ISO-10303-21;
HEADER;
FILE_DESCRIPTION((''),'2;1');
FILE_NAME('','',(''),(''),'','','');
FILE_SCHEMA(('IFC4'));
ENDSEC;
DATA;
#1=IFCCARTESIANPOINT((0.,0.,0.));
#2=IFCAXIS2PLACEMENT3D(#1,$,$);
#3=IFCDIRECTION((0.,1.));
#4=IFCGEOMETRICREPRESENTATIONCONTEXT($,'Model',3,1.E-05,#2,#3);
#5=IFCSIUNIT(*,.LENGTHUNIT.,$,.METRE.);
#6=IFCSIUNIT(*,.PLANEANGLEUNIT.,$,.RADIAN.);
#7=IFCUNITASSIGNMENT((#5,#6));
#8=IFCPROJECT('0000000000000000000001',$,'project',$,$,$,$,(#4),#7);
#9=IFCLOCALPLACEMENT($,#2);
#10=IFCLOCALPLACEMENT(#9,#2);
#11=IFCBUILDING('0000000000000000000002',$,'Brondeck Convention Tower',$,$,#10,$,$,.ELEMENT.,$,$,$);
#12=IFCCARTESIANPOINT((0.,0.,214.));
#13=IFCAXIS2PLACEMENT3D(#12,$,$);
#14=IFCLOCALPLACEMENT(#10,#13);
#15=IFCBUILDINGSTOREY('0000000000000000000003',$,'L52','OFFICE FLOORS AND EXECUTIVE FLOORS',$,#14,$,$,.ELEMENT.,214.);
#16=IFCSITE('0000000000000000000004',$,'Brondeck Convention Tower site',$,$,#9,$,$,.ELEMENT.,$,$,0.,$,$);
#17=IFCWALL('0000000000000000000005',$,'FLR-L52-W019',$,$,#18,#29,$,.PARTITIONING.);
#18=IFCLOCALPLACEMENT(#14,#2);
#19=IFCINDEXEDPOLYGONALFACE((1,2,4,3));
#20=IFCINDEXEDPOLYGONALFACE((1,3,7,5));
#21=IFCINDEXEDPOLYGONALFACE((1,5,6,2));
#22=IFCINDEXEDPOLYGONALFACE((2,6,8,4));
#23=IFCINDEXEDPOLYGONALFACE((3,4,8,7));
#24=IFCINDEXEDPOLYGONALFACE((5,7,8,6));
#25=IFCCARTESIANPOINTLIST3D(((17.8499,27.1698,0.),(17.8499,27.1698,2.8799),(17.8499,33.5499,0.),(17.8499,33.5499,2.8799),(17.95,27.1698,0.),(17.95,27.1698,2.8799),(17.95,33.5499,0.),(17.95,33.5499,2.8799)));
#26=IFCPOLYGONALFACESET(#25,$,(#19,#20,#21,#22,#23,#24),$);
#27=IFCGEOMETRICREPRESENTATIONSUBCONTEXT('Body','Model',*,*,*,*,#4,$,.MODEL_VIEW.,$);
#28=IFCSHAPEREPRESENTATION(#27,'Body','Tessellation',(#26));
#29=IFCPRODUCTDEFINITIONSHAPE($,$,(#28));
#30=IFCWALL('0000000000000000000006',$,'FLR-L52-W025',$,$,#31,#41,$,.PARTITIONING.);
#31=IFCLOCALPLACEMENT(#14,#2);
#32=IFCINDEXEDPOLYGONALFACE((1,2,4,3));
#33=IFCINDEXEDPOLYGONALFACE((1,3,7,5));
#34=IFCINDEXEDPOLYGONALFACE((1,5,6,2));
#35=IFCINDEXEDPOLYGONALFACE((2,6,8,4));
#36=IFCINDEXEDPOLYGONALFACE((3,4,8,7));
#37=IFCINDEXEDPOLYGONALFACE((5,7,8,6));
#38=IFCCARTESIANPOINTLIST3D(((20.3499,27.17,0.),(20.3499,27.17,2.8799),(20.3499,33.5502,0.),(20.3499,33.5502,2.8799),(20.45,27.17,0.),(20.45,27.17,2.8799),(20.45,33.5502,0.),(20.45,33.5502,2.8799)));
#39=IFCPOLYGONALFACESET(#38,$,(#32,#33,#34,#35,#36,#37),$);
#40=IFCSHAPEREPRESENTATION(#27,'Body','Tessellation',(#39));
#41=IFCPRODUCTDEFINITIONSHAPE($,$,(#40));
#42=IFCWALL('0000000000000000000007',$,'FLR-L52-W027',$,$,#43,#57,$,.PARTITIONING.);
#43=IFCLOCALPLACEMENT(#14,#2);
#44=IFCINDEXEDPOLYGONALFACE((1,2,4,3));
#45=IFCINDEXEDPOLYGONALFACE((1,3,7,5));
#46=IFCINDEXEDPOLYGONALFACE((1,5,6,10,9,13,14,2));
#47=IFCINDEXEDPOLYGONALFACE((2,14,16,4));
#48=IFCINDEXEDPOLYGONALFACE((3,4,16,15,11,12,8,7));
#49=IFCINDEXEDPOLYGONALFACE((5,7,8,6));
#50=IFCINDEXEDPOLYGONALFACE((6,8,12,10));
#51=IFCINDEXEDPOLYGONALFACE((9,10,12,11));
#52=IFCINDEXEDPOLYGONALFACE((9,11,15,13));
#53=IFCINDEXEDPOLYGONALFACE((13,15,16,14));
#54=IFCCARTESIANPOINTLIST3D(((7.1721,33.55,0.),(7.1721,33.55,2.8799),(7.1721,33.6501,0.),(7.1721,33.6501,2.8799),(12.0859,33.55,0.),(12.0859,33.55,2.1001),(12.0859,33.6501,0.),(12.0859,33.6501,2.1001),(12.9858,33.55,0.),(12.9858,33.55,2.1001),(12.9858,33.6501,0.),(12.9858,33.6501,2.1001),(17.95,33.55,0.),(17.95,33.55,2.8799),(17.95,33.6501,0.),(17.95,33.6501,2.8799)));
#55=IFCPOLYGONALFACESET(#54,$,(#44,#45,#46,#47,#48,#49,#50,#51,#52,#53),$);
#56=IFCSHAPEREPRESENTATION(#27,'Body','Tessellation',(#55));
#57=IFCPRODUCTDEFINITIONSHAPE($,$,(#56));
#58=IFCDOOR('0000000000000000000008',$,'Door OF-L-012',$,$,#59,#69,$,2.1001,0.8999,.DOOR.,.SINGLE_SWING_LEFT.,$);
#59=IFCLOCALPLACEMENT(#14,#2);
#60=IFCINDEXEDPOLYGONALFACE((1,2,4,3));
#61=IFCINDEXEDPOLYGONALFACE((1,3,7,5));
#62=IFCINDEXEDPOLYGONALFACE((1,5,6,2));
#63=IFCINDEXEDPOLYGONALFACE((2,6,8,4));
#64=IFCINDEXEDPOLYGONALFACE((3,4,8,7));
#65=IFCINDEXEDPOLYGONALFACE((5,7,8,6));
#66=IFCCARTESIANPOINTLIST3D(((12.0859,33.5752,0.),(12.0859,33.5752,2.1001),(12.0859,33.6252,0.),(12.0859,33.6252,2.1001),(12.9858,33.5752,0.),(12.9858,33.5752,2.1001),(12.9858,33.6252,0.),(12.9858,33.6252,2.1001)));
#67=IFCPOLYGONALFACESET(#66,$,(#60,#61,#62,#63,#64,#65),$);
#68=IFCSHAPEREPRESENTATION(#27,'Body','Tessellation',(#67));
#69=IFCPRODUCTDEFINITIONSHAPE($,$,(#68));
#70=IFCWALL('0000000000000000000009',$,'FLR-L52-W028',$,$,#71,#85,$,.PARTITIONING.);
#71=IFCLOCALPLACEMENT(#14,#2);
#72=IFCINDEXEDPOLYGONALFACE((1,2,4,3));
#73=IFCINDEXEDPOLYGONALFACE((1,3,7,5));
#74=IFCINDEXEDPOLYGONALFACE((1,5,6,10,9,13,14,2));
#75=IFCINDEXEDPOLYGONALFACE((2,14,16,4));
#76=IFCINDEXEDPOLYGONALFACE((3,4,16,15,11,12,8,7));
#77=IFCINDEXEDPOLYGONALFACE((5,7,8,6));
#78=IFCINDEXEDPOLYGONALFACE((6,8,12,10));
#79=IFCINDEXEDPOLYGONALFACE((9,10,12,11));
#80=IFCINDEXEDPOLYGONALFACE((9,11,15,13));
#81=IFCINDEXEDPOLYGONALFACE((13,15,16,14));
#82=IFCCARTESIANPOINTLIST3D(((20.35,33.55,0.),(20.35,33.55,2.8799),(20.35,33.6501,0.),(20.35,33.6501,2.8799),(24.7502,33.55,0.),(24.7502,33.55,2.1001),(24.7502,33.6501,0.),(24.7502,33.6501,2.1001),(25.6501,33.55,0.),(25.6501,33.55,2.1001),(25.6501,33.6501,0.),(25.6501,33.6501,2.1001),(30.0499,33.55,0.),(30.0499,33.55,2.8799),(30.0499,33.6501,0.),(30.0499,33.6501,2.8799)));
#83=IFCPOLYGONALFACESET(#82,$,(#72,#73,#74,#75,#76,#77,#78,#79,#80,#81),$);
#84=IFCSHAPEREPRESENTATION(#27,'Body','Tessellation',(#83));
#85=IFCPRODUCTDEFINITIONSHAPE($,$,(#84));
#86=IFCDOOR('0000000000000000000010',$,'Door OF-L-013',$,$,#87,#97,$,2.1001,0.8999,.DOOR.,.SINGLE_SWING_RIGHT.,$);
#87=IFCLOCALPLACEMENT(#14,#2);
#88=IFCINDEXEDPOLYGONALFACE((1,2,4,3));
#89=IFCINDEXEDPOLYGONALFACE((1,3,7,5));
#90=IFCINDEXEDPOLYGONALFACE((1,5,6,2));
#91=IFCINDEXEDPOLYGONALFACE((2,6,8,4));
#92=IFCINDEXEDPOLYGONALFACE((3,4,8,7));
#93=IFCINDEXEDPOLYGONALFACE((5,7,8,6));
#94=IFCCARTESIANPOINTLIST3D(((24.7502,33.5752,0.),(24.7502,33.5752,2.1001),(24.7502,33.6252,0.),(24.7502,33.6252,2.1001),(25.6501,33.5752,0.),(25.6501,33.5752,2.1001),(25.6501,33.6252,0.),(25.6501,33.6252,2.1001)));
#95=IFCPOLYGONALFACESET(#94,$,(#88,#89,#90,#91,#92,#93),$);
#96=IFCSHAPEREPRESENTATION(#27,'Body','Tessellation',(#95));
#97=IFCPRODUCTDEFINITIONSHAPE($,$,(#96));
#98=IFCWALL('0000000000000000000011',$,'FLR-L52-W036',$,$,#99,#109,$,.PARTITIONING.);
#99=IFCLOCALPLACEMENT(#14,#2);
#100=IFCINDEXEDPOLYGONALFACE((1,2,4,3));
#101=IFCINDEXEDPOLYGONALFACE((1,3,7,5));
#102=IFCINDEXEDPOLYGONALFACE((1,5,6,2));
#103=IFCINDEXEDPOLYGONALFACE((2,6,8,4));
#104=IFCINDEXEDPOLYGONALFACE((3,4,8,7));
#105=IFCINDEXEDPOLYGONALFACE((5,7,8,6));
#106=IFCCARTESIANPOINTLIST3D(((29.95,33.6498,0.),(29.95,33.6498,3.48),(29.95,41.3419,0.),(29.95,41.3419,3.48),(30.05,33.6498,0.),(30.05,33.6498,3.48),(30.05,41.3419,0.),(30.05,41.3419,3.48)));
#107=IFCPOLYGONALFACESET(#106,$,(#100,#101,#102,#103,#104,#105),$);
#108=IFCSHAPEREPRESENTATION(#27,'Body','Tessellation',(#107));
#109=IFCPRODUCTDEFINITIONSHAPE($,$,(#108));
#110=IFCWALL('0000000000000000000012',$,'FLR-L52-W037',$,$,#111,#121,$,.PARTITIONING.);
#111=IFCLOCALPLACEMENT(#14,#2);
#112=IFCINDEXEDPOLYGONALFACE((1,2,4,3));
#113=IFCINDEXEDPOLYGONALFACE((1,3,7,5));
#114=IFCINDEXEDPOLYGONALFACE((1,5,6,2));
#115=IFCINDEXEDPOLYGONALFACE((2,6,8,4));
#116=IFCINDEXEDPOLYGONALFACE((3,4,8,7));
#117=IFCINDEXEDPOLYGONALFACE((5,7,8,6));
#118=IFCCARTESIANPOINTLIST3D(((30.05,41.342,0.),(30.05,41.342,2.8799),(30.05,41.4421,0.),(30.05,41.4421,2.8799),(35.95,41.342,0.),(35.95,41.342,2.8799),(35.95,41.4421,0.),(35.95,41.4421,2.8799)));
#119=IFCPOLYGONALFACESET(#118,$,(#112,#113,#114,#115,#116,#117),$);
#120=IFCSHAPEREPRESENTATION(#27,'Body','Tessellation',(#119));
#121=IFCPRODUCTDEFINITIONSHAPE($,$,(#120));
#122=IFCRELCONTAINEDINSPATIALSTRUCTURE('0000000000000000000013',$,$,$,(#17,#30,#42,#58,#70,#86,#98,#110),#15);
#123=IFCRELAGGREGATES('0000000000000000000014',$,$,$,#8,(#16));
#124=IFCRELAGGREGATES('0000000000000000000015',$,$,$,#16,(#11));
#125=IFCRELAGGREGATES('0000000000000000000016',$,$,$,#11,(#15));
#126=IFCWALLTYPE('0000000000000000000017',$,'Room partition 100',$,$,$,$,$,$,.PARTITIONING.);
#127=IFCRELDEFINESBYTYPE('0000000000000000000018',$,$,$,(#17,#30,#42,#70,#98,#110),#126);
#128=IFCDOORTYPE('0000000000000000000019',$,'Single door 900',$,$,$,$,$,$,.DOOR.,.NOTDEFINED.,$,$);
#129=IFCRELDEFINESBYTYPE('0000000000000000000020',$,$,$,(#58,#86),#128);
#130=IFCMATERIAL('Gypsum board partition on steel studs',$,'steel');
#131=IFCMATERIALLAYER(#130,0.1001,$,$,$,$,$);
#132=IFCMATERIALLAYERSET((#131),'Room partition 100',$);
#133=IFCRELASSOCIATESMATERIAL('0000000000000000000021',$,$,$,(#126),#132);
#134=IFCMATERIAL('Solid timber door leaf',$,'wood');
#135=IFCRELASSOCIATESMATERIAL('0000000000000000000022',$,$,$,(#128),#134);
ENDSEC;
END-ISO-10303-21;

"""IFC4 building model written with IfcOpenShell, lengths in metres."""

from ifc_helpers import new_model, si_unit, direction, frame, frame_2d, origin, place, context, subcontext, project, spatial, rectangle, extrude, material, layer, layer_set, type_object, element, fill, save


model = new_model("IFC4")

# Units and contexts
model_context = context("Model", 3, precision=1e-05, world=origin(), true_north=direction((0.0, 1.0)))
body_context = subcontext(model_context, "Body", "Model", "MODEL_VIEW")
ifc_project = project(units=[si_unit("LENGTHUNIT", "METRE"), si_unit("PLANEANGLEUNIT", "RADIAN")], contexts=[model_context])

# Site, building, storey
site_placement = place(None, origin())
site = spatial("IfcSite", under=ifc_project, at=site_placement, Name="Brondeck Convention Tower site", CompositionType="ELEMENT", RefElevation=0.0)
building_placement = place(site_placement, origin())
building = spatial("IfcBuilding", under=site, at=building_placement, Name="Brondeck Convention Tower", CompositionType="ELEMENT")
storey_placement = place(building_placement, frame((0.0, 0.0, 214.0)))
storey = spatial("IfcBuildingStorey", under=building, at=storey_placement, Name="L52", Description="OFFICE FLOORS AND EXECUTIVE FLOORS", CompositionType="ELEMENT", Elevation=214.0)

# Shared definitions
ifc_material_1 = material(Name="Gypsum board partition on steel studs", Category="steel")
ifc_layer_1 = layer(ifc_material_1, 0.1001)
ifc_layer_set_1 = layer_set([ifc_layer_1], Name="Room partition 100")
wall_type_1 = type_object("IfcWallType", Name="Room partition 100", PredefinedType="PARTITIONING", material=ifc_layer_set_1)

# Walls
for number, where, z_axis, x_axis, name in (
    (1, (17.8999, 27.1699, 0.0), (0.0, 0.0, 1.0), (0.0, 1.0, 0.0), "FLR-L52-W019"),
    (2, (20.3999, 33.55, 0.0), (0.0, 0.0, 1.0), (0.0, -1.0, 0.0), "FLR-L52-W025"),
):
    element("IfcWall", number, at=place(storey_placement, frame(where, z_axis=z_axis, x_axis=x_axis)), inside=storey, type_object=wall_type_1, Name=name, PredefinedType="PARTITIONING", context=body_context, shape_type="SweptSolid", body=[
        extrude(rectangle(XDim=6.3801, YDim=0.1001, at=frame_2d((3.1899, 0.0))), origin(), (0.0, 0.0, 1.0), 2.8799),
    ])

# Walls, openings, doors
wall_1_placement = place(storey_placement, frame((17.95, 33.6001, 0.0), z_axis=(0.0, 0.0, 1.0), x_axis=(-1.0, 0.0, 0.0)))
wall_1 = element("IfcWall", 3, at=wall_1_placement, inside=storey, type_object=wall_type_1, Name="FLR-L52-W027", PredefinedType="PARTITIONING", context=body_context, shape_type="SweptSolid", body=[
    extrude(rectangle(XDim=10.7778, YDim=0.1001, at=frame_2d((5.3889, 0.0))), origin(), (0.0, 0.0, 1.0), 2.8799),
])
opening_1_placement = place(wall_1_placement, frame((4.9641, 0.0, 0.0)))
opening_1 = element("IfcOpeningElement", 4, at=opening_1_placement, cuts=wall_1, PredefinedType="OPENING", context=body_context, shape_type="SweptSolid", body=[
    extrude(rectangle(XDim=0.8999, YDim=2.1001, at=frame_2d((0.45, 1.05))), frame((0.0, 0.0601, 0.0), z_axis=(0.0, -1.0, 0.0), x_axis=(1.0, 0.0, 0.0)), (0.0, 0.0, 1.0), 0.1201),
])
ifc_material_2 = material(Name="Solid timber door leaf", Category="wood")
door_type_1 = type_object("IfcDoorType", Name="Single door 900", OperationType="NOTDEFINED", PredefinedType="DOOR", material=ifc_material_2)
door_1_placement = place(opening_1_placement, origin())
door_1 = element("IfcDoor", 5, at=door_1_placement, inside=storey, type_object=door_type_1, Name="Door OF-L-012", OperationType="SINGLE_SWING_LEFT", OverallHeight=2.1001, OverallWidth=0.8999, PredefinedType="DOOR", context=body_context, shape_type="SweptSolid", body=[
    extrude(rectangle(XDim=0.8999, YDim=2.1001, at=frame_2d((0.45, 1.05))), frame((0.0, 0.0249, 0.0), z_axis=(0.0, -1.0, 0.0), x_axis=(1.0, 0.0, 0.0)), (0.0, 0.0, 1.0), 0.05),
])
fill(opening_1, door_1)
wall_2_placement = place(storey_placement, frame((30.05, 33.6001, 0.0), z_axis=(0.0, 0.0, 1.0), x_axis=(-1.0, 0.0, 0.0)))
wall_2 = element("IfcWall", 6, at=wall_2_placement, inside=storey, type_object=wall_type_1, Name="FLR-L52-W028", PredefinedType="PARTITIONING", context=body_context, shape_type="SweptSolid", body=[
    extrude(rectangle(XDim=9.7, YDim=0.1001, at=frame_2d((4.8501, 0.0))), origin(), (0.0, 0.0, 1.0), 2.8799),
])
opening_2_placement = place(wall_2_placement, frame((4.3999, 0.0, 0.0)))
opening_2 = element("IfcOpeningElement", 7, at=opening_2_placement, cuts=wall_2, PredefinedType="OPENING", context=body_context, shape_type="SweptSolid", body=[
    extrude(rectangle(XDim=0.8999, YDim=2.1001, at=frame_2d((0.45, 1.05))), frame((0.0, 0.0601, 0.0), z_axis=(0.0, -1.0, 0.0), x_axis=(1.0, 0.0, 0.0)), (0.0, 0.0, 1.0), 0.1201),
])
door_2_placement = place(opening_2_placement, origin())
door_2 = element("IfcDoor", 8, at=door_2_placement, inside=storey, type_object=door_type_1, Name="Door OF-L-013", OperationType="SINGLE_SWING_RIGHT", OverallHeight=2.1001, OverallWidth=0.8999, PredefinedType="DOOR", context=body_context, shape_type="SweptSolid", body=[
    extrude(rectangle(XDim=0.8999, YDim=2.1001, at=frame_2d((0.45, 1.05))), frame((0.0, 0.0249, 0.0), z_axis=(0.0, -1.0, 0.0), x_axis=(1.0, 0.0, 0.0)), (0.0, 0.0, 1.0), 0.05),
])
fill(opening_2, door_2)

# Walls
wall_3_placement = place(storey_placement, frame((30.0, 41.342, 0.0), z_axis=(0.0, 0.0, 1.0), x_axis=(0.0, -1.0, 0.0)))
element("IfcWall", 9, at=wall_3_placement, inside=storey, type_object=wall_type_1, Name="FLR-L52-W036", PredefinedType="PARTITIONING", context=body_context, shape_type="SweptSolid", body=[
    extrude(rectangle(XDim=7.6921, YDim=0.1001, at=frame_2d((3.8462, 0.0))), origin(), (0.0, 0.0, 1.0), 3.48),
])
wall_4_placement = place(storey_placement, frame((30.05, 41.3921, 0.0), z_axis=(0.0, 0.0, 1.0), x_axis=(1.0, 0.0, 0.0)))
element("IfcWall", 10, at=wall_4_placement, inside=storey, type_object=wall_type_1, Name="FLR-L52-W037", PredefinedType="PARTITIONING", context=body_context, shape_type="SweptSolid", body=[
    extrude(rectangle(XDim=5.8999, YDim=0.1001, at=frame_2d((2.95, 0.0))), origin(), (0.0, 0.0, 1.0), 2.8799),
])

save(model, "model.ifc")
